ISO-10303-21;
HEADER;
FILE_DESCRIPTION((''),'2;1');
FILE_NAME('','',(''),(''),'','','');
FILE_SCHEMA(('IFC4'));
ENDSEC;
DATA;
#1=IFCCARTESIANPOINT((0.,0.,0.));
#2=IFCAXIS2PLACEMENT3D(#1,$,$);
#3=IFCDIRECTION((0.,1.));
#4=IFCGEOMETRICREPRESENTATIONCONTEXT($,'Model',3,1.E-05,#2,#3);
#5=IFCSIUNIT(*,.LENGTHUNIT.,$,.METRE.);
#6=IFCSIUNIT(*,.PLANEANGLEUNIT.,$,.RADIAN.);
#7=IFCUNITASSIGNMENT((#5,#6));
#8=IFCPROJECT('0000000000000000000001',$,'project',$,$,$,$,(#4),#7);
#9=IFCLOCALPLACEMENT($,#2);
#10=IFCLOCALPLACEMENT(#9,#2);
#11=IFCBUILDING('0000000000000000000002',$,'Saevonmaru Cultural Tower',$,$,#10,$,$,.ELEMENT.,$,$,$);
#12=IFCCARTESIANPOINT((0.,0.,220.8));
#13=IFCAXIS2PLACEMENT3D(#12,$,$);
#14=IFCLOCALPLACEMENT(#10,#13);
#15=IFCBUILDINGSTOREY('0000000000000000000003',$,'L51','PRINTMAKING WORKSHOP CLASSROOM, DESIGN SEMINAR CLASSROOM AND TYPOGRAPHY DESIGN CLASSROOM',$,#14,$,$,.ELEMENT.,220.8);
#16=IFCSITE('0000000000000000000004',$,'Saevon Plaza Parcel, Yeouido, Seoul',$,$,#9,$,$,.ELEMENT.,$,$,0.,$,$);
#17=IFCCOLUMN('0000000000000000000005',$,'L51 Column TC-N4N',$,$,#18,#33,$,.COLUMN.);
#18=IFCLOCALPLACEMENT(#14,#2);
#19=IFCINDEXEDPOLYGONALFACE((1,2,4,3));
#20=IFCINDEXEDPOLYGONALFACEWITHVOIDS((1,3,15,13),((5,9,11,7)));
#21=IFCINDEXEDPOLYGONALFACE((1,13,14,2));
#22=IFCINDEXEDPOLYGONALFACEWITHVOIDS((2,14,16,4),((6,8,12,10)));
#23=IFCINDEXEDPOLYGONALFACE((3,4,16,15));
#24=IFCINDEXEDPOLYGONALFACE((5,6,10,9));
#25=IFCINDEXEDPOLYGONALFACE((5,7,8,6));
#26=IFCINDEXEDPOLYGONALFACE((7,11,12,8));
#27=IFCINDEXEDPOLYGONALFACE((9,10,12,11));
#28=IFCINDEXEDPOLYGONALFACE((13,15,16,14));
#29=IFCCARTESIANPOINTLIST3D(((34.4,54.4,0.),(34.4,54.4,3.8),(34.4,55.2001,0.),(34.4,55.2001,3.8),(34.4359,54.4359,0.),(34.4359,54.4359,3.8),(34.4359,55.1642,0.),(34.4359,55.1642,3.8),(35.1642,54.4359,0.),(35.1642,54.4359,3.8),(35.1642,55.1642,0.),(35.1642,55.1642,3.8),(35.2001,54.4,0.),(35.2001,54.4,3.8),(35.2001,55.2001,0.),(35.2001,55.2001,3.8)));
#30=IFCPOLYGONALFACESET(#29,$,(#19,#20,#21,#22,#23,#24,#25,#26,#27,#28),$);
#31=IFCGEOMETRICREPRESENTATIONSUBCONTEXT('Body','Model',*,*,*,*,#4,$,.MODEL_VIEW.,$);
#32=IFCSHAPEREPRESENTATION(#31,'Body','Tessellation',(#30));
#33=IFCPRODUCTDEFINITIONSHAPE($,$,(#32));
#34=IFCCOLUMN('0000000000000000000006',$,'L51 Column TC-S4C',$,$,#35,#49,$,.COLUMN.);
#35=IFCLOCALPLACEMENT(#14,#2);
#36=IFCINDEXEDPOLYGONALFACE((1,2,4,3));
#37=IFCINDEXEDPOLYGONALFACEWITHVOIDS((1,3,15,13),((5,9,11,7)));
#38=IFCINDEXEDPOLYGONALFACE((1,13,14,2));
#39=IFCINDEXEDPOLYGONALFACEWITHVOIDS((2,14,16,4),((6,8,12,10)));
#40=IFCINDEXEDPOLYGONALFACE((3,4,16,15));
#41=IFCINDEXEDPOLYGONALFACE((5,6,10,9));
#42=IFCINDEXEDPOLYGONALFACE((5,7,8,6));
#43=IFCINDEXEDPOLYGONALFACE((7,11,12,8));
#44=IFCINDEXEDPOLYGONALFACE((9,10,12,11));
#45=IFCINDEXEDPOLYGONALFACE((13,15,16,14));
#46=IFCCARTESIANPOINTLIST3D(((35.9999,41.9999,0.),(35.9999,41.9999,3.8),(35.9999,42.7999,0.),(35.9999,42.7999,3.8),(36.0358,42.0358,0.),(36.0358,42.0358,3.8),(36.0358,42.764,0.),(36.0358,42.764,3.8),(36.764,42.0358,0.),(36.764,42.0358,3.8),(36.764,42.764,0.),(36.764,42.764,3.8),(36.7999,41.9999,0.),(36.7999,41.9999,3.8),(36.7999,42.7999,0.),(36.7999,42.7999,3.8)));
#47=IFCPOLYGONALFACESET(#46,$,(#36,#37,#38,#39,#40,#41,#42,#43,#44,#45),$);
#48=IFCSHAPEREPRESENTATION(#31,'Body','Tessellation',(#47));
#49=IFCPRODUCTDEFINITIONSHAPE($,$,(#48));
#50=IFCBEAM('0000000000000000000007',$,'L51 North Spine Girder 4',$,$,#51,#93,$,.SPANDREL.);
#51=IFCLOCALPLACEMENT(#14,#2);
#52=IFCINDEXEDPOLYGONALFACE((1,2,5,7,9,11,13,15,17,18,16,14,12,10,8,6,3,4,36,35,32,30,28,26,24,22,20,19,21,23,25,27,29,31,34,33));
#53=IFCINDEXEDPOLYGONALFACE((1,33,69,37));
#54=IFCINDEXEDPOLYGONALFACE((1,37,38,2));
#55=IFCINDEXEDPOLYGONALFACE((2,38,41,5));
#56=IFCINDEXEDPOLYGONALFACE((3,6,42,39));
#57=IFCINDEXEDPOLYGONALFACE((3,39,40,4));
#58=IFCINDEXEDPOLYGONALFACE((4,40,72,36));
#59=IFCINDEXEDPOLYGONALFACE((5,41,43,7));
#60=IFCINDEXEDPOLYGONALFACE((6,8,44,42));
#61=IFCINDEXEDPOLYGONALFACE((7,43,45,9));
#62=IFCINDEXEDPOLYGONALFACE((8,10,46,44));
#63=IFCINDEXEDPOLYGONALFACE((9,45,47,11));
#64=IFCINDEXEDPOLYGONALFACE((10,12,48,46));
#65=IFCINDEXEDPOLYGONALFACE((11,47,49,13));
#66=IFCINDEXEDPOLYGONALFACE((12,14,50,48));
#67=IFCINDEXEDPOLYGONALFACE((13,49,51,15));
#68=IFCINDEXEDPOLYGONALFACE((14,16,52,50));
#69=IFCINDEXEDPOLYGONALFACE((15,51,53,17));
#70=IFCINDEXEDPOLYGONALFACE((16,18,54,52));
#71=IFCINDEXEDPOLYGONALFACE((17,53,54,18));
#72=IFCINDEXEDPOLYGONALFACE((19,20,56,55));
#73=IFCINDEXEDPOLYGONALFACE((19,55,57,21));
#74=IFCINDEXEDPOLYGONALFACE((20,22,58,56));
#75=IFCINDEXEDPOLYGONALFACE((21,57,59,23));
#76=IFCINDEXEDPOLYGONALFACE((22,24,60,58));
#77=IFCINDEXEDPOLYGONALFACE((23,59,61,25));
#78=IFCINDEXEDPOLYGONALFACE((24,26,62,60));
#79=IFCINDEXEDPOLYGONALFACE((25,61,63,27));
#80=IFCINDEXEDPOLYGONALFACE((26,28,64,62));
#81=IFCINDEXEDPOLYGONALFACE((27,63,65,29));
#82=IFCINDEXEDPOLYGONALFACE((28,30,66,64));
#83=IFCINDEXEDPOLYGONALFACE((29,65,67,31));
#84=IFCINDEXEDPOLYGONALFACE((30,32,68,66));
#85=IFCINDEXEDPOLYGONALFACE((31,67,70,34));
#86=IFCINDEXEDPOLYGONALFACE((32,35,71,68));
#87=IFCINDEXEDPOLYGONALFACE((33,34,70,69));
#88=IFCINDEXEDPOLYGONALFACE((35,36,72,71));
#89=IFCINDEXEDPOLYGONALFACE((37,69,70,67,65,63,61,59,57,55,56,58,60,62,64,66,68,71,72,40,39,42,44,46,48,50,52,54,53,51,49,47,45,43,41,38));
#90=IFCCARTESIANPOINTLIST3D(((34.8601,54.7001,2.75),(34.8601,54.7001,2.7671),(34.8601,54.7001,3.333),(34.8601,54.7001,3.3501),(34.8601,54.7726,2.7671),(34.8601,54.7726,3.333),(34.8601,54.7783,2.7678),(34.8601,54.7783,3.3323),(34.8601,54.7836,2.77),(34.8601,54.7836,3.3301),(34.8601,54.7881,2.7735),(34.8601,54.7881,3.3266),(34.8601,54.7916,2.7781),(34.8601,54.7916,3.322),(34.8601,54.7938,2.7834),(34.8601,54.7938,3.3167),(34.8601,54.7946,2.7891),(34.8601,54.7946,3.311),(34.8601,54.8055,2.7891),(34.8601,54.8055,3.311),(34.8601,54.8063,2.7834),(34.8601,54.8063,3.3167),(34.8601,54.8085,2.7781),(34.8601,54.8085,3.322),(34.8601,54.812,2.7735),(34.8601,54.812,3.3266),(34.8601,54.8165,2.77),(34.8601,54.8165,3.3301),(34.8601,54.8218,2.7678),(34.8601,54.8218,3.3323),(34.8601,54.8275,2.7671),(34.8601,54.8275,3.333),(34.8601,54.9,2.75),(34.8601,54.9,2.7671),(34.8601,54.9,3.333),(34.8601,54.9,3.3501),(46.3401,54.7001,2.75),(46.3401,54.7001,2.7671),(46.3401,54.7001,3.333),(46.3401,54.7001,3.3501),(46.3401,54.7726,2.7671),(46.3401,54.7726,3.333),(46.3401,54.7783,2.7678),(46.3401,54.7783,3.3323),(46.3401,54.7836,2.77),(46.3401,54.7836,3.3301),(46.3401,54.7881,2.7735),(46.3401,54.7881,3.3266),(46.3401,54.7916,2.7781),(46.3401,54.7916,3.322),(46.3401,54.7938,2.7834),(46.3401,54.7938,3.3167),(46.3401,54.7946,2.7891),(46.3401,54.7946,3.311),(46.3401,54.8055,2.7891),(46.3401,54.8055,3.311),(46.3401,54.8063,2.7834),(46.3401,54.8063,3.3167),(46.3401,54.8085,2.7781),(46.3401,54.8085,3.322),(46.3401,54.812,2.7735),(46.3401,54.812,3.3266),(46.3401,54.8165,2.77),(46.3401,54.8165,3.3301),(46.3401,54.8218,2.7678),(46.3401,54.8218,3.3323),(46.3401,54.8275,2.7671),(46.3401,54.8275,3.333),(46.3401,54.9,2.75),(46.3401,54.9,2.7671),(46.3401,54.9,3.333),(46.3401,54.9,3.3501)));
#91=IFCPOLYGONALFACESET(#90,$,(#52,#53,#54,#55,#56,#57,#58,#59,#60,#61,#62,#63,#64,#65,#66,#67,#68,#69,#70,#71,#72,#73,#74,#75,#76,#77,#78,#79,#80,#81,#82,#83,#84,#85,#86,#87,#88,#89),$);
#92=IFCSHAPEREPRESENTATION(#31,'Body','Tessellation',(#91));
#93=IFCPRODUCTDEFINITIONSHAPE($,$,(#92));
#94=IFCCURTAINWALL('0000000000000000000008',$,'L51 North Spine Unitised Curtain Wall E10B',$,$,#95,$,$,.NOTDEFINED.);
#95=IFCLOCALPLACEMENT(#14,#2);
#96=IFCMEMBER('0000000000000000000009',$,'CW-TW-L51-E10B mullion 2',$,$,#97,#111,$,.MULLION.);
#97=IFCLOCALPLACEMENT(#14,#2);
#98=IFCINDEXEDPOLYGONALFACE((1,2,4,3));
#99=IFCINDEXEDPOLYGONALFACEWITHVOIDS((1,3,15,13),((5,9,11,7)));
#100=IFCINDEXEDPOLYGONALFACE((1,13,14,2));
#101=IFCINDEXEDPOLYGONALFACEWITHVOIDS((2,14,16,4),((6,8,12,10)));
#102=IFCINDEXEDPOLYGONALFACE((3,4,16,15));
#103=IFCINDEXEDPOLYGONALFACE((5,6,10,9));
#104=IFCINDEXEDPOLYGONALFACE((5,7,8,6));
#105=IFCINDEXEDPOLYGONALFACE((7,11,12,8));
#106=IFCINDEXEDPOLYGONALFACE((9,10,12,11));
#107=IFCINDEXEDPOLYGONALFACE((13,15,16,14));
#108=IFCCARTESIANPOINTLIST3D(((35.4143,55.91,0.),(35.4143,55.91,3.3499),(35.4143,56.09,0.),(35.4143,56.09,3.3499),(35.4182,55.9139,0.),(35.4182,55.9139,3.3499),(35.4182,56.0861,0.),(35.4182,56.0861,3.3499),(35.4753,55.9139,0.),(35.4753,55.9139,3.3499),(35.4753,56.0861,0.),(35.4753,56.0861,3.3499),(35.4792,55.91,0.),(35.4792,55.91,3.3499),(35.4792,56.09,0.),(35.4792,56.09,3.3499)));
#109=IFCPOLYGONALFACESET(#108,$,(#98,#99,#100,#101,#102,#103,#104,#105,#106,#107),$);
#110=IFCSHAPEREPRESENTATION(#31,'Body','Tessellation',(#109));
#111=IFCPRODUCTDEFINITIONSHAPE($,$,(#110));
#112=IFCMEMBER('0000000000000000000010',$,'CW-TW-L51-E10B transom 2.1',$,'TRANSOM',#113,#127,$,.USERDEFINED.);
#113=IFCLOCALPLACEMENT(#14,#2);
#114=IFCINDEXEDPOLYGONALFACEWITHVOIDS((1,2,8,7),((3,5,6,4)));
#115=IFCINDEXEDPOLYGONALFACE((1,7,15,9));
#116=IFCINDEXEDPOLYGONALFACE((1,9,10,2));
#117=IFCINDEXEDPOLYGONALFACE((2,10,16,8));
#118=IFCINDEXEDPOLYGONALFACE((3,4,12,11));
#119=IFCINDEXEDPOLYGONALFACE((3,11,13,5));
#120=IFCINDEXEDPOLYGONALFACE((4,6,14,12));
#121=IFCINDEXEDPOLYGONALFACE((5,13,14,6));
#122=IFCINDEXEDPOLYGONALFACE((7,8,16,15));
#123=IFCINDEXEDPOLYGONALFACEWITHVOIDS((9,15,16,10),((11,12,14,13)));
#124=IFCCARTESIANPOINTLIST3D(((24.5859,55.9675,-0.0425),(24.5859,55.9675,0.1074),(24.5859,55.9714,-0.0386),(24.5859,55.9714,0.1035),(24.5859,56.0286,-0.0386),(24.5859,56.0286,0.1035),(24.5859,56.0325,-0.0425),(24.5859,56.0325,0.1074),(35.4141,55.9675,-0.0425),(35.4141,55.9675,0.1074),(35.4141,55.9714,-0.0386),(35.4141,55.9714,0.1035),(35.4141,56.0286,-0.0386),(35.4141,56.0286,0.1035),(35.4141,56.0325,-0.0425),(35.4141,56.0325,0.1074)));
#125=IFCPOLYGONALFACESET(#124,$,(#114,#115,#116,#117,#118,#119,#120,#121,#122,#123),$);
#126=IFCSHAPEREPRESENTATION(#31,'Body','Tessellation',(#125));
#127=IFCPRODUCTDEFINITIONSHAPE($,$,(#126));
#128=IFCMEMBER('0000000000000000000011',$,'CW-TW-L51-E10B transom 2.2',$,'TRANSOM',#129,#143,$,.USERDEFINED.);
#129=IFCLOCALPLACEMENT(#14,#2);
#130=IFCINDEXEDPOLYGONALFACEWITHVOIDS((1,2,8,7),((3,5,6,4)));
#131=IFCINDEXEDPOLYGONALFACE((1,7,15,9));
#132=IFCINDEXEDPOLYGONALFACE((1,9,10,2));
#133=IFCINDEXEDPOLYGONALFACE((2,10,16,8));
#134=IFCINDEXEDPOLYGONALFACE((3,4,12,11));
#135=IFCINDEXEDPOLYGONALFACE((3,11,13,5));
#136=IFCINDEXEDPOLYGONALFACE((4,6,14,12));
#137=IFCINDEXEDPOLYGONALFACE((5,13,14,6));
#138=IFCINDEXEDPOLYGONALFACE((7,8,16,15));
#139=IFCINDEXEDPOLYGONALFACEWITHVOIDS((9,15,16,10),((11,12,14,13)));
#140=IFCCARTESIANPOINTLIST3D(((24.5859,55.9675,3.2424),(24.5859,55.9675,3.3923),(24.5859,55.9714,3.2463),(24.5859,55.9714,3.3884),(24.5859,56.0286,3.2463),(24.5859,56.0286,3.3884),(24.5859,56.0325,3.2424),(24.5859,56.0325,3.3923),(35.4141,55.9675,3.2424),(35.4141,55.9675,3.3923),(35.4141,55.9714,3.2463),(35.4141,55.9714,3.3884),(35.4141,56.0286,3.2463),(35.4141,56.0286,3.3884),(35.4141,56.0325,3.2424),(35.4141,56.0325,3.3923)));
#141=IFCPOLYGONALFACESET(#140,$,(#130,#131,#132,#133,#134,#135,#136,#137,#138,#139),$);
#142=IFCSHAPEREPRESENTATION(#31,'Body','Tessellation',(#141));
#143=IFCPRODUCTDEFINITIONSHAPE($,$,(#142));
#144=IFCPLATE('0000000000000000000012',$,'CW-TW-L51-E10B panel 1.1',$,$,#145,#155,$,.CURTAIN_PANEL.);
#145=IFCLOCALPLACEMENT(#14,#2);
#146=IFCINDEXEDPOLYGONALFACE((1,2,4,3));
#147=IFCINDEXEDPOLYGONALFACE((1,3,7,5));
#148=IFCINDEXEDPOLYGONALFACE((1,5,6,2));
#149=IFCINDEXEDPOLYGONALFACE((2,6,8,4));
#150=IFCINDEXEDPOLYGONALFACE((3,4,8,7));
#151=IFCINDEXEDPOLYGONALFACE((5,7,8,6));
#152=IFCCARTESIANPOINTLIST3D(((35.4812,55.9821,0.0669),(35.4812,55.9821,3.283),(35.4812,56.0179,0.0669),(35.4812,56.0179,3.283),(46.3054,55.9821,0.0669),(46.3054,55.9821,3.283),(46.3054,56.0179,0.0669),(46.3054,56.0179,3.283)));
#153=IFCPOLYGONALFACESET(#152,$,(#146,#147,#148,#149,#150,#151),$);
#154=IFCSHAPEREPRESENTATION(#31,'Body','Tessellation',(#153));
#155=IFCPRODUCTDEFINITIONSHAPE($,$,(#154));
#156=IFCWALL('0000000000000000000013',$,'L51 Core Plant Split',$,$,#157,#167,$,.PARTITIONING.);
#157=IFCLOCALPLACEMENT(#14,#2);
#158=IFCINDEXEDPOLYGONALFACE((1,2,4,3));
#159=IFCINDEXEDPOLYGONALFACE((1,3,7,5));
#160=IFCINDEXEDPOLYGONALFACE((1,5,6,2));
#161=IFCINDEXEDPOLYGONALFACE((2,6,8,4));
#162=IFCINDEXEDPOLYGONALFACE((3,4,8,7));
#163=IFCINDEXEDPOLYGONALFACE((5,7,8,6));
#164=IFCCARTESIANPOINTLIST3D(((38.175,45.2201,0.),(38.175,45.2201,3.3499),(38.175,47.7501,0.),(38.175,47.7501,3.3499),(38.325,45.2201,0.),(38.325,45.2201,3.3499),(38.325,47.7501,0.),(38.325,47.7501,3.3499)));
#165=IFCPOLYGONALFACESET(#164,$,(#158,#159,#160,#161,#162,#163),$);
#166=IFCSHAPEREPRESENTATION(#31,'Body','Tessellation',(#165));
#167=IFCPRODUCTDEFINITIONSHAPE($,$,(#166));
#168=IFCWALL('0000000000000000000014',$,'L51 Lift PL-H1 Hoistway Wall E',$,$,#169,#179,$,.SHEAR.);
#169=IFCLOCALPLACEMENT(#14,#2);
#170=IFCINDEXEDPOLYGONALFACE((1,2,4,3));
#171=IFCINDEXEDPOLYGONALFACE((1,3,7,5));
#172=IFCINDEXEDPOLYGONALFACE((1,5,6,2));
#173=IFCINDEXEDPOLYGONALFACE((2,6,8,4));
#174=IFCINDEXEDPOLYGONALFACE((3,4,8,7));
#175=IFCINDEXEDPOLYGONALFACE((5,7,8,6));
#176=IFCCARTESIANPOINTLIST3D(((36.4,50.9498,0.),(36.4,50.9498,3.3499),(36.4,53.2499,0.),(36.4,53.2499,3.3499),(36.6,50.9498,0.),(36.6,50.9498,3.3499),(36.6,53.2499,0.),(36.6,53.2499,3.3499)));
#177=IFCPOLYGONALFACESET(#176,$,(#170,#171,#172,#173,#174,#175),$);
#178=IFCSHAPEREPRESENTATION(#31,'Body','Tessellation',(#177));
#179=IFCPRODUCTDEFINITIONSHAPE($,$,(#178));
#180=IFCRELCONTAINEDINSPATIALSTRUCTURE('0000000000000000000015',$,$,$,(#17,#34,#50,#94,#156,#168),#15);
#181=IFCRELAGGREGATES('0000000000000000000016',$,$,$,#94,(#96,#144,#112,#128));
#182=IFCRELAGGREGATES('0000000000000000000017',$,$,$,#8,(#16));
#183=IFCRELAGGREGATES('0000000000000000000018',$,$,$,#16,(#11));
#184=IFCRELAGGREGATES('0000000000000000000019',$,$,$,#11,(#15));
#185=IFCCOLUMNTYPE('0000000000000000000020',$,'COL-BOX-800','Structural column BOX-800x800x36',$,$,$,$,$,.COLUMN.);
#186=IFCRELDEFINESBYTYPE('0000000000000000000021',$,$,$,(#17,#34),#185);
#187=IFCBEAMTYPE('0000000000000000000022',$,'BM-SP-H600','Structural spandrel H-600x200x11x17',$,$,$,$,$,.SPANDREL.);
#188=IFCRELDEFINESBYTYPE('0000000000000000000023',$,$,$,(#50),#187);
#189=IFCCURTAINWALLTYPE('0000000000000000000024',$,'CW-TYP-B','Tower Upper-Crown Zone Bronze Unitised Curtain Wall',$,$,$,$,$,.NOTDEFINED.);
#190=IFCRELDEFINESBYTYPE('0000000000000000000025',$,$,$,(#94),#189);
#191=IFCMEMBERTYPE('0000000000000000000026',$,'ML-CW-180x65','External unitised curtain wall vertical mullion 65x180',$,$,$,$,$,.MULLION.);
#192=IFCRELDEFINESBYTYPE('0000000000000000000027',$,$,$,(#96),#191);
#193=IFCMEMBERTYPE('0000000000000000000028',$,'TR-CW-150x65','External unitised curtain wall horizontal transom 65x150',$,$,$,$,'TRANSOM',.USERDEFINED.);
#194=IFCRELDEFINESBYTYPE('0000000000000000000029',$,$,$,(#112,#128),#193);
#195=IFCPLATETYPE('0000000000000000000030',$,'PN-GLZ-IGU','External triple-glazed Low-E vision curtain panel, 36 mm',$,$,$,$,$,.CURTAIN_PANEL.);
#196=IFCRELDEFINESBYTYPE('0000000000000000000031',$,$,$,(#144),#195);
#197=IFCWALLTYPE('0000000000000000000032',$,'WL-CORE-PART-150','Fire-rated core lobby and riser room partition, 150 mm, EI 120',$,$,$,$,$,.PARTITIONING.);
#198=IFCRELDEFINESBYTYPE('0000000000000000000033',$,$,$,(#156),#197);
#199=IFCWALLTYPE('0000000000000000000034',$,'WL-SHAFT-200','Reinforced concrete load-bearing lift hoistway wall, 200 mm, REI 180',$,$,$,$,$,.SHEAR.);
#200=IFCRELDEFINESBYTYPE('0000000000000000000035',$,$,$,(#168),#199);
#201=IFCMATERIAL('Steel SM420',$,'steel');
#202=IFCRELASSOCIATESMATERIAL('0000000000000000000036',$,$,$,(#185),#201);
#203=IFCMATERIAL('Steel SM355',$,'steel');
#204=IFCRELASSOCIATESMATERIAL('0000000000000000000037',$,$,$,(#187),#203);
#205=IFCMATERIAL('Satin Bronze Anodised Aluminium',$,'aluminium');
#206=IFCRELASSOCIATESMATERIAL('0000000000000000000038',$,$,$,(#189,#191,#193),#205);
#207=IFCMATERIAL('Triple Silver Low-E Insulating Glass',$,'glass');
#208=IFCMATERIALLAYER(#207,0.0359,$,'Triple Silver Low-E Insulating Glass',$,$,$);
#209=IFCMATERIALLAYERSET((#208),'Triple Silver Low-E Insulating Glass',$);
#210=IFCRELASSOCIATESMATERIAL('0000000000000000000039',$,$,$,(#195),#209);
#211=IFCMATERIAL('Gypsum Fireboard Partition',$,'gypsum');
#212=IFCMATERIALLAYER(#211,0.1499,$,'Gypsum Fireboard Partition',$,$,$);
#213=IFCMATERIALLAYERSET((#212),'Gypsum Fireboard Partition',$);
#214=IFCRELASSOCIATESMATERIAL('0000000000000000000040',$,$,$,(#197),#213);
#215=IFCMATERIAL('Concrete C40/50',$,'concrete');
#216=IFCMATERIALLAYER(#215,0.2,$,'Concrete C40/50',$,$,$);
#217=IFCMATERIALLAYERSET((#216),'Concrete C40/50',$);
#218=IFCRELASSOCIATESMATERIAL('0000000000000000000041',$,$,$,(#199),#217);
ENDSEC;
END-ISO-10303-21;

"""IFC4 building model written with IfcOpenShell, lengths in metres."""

from ifc_helpers import new_model, si_unit, direction, frame, frame_2d, origin, origin_2d, place, context, subcontext, project, spatial, rectangle, hollow_rectangle, i_section, extrude, material, layer, layer_set, material_profile, profile_set, type_object, element, aggregate, save


model = new_model("IFC4")

# Units and contexts
model_context = context("Model", 3, precision=1e-05, world=origin(), true_north=direction((0.0, 1.0)))
body_context = subcontext(model_context, "Body", "Model", "MODEL_VIEW")
ifc_project = project(units=[si_unit("LENGTHUNIT", "METRE"), si_unit("PLANEANGLEUNIT", "RADIAN")], contexts=[model_context])

# Site, building, storey
site_placement = place(None, origin())
site = spatial("IfcSite", under=ifc_project, at=site_placement, Name="Saevon Plaza Parcel, Yeouido, Seoul", CompositionType="ELEMENT", RefElevation=0.0)
building_placement = place(site_placement, origin())
building = spatial("IfcBuilding", under=site, at=building_placement, Name="Saevonmaru Cultural Tower", CompositionType="ELEMENT")
storey_placement = place(building_placement, frame((0.0, 0.0, 220.8)))
storey = spatial("IfcBuildingStorey", under=building, at=storey_placement, Name="L51", Description="PRINTMAKING WORKSHOP CLASSROOM, DESIGN SEMINAR CLASSROOM AND TYPOGRAPHY DESIGN CLASSROOM", CompositionType="ELEMENT", Elevation=220.8)

# Columns
ifc_material_1 = material(Name="Steel SM420", Category="steel")
ifc_material_profile_1 = material_profile(ifc_material_1, hollow_rectangle(XDim=0.8, YDim=0.8, WallThickness=0.0359, at=origin_2d()), Name="BOX-800x800x36")
ifc_profile_set_1 = profile_set([ifc_material_profile_1], Name="Steel SM420")
column_type = type_object("IfcColumnType", Name="COL-BOX-800", Description="Structural column BOX-800x800x36", PredefinedType="COLUMN", material=ifc_profile_set_1)
for number, where, z_axis, x_axis, name in (
    (1, (34.8, 54.8, 0.0), (0.0, 0.0, 1.0), (1.0, 0.0, 0.0), "L51 Column TC-N4N"),
    (2, (36.3999, 42.3999, 0.0), (0.0, 0.0, 1.0), (1.0, 0.0, 0.0), "L51 Column TC-S4C"),
):
    element("IfcColumn", number, at=place(storey_placement, frame(where, z_axis=z_axis, x_axis=x_axis)), inside=storey, type_object=column_type, Name=name, PredefinedType="COLUMN", context=body_context, shape_type="SweptSolid", body=[
        extrude(hollow_rectangle(XDim=0.8, YDim=0.8, WallThickness=0.0359, at=origin_2d()), origin(), (0.0, 0.0, 1.0), 3.8),
    ])

# Beam
ifc_material_2 = material(Name="Steel SM355", Category="steel")
ifc_material_profile_2 = material_profile(ifc_material_2, i_section(OverallWidth=0.2, OverallDepth=0.6001, WebThickness=0.011, FlangeThickness=0.0171, FilletRadius=0.022, at=origin_2d()), Name="H-600x200x11x17")
ifc_profile_set_2 = profile_set([ifc_material_profile_2], Name="Steel SM355")
beam_type = type_object("IfcBeamType", Name="BM-SP-H600", Description="Structural spandrel H-600x200x11x17", PredefinedType="SPANDREL", material=ifc_profile_set_2)
beam_placement = place(storey_placement, frame((34.8601, 54.8, 3.05), z_axis=(1.0, 0.0, 0.0), x_axis=(0.0, 1.0, 0.0)))
element("IfcBeam", 3, at=beam_placement, inside=storey, type_object=beam_type, Name="L51 North Spine Girder 4", PredefinedType="SPANDREL", context=body_context, shape_type="SweptSolid", body=[
    extrude(i_section(OverallWidth=0.2, OverallDepth=0.6001, WebThickness=0.011, FlangeThickness=0.0171, FilletRadius=0.022, at=origin_2d()), origin(), (0.0, 0.0, 1.0), 11.48),
])

# Curtain wall, members, plate
ifc_material_3 = material(Name="Satin Bronze Anodised Aluminium", Category="aluminium")
curtain_wall_type = type_object("IfcCurtainWallType", Name="CW-TYP-B", Description="Tower Upper-Crown Zone Bronze Unitised Curtain Wall", PredefinedType="NOTDEFINED", material=ifc_material_3)
curtain_wall_placement = place(storey_placement, origin())
curtain_wall = element("IfcCurtainWall", 4, at=curtain_wall_placement, inside=storey, type_object=curtain_wall_type, Name="L51 North Spine Unitised Curtain Wall E10B", PredefinedType="NOTDEFINED")
ifc_material_profile_3 = material_profile(ifc_material_3, hollow_rectangle(XDim=0.0649, YDim=0.1799, WallThickness=0.0039, at=origin_2d()), Name="ALU-MULL-180x65x4")
ifc_profile_set_3 = profile_set([ifc_material_profile_3], Name="Satin Bronze Anodised Aluminium")
member_type_1 = type_object("IfcMemberType", Name="ML-CW-180x65", Description="External unitised curtain wall vertical mullion 65x180", PredefinedType="MULLION", material=ifc_profile_set_3)
member_1_placement = place(storey_placement, frame((35.4468, 56.0, 0.0), z_axis=(0.0, 0.0, 1.0), x_axis=(-1.0, 0.0, 0.0)))
member_1 = element("IfcMember", 5, at=member_1_placement, type_object=member_type_1, Name="CW-TW-L51-E10B mullion 2", PredefinedType="MULLION", context=body_context, shape_type="SweptSolid", body=[
    extrude(hollow_rectangle(XDim=0.0649, YDim=0.1799, WallThickness=0.0039, at=origin_2d()), origin(), (0.0, 0.0, 1.0), 3.3499),
])
ifc_material_profile_4 = material_profile(ifc_material_3, hollow_rectangle(XDim=0.0649, YDim=0.1499, WallThickness=0.0039, at=origin_2d()), Name="ALU-TRAN-150x65x4")
ifc_profile_set_4 = profile_set([ifc_material_profile_4], Name="Satin Bronze Anodised Aluminium")
member_type_2 = type_object("IfcMemberType", Name="TR-CW-150x65", Description="External unitised curtain wall horizontal transom 65x150", ElementType="TRANSOM", PredefinedType="USERDEFINED", material=ifc_profile_set_4)
member_2_placement = place(storey_placement, frame((35.4141, 56.0, 0.0325), z_axis=(-1.0, 0.0, 0.0), x_axis=(0.0, -1.0, 0.0)))
member_2 = element("IfcMember", 6, at=member_2_placement, type_object=member_type_2, Name="CW-TW-L51-E10B transom 2.1", ObjectType="TRANSOM", PredefinedType="USERDEFINED", context=body_context, shape_type="SweptSolid", body=[
    extrude(hollow_rectangle(XDim=0.0649, YDim=0.1499, WallThickness=0.0039, at=origin_2d()), origin(), (0.0, 0.0, 1.0), 10.8281),
])
member_3_placement = place(storey_placement, frame((35.4141, 56.0, 3.3174), z_axis=(-1.0, 0.0, 0.0), x_axis=(0.0, -1.0, 0.0)))
member_3 = element("IfcMember", 7, at=member_3_placement, type_object=member_type_2, Name="CW-TW-L51-E10B transom 2.2", ObjectType="TRANSOM", PredefinedType="USERDEFINED", context=body_context, shape_type="SweptSolid", body=[
    extrude(hollow_rectangle(XDim=0.0649, YDim=0.1499, WallThickness=0.0039, at=origin_2d()), origin(), (0.0, 0.0, 1.0), 10.8281),
])
ifc_material_4 = material(Name="Triple Silver Low-E Insulating Glass", Category="glass")
ifc_layer_1 = layer(ifc_material_4, 0.0359, Name="Triple Silver Low-E Insulating Glass")
ifc_layer_set_1 = layer_set([ifc_layer_1], Name="Triple Silver Low-E Insulating Glass")
plate_type = type_object("IfcPlateType", Name="PN-GLZ-IGU", Description="External triple-glazed Low-E vision curtain panel, 36 mm", PredefinedType="CURTAIN_PANEL", material=ifc_layer_set_1)
plate_placement = place(storey_placement, frame((40.8933, 56.0, 0.0669), z_axis=(0.0, 0.0, 1.0), x_axis=(-1.0, 0.0, 0.0)))
plate = element("IfcPlate", 8, at=plate_placement, type_object=plate_type, Name="CW-TW-L51-E10B panel 1.1", PredefinedType="CURTAIN_PANEL", context=body_context, shape_type="SweptSolid", body=[
    extrude(rectangle(XDim=10.8242, YDim=0.0359, at=origin_2d()), origin(), (0.0, 0.0, 1.0), 3.2161),
])
aggregate(curtain_wall, [member_1, plate, member_2, member_3])

# Walls
ifc_material_5 = material(Name="Gypsum Fireboard Partition", Category="gypsum")
ifc_layer_2 = layer(ifc_material_5, 0.1499, Name="Gypsum Fireboard Partition")
ifc_layer_set_2 = layer_set([ifc_layer_2], Name="Gypsum Fireboard Partition")
wall_type_1 = type_object("IfcWallType", Name="WL-CORE-PART-150", Description="Fire-rated core lobby and riser room partition, 150 mm, EI 120", PredefinedType="PARTITIONING", material=ifc_layer_set_2)
wall_1_placement = place(storey_placement, frame((38.25, 45.22, 0.0), z_axis=(0.0, 0.0, 1.0), x_axis=(0.0, 1.0, 0.0)))
element("IfcWall", 9, at=wall_1_placement, inside=storey, type_object=wall_type_1, Name="L51 Core Plant Split", PredefinedType="PARTITIONING", context=body_context, shape_type="SweptSolid", body=[
    extrude(rectangle(XDim=2.53, YDim=0.1499, at=frame_2d((1.2651, 0.0))), origin(), (0.0, 0.0, 1.0), 3.3499),
])
ifc_material_6 = material(Name="Concrete C40/50", Category="concrete")
ifc_layer_3 = layer(ifc_material_6, 0.2, Name="Concrete C40/50")
ifc_layer_set_3 = layer_set([ifc_layer_3], Name="Concrete C40/50")
wall_type_2 = type_object("IfcWallType", Name="WL-SHAFT-200", Description="Reinforced concrete load-bearing lift hoistway wall, 200 mm, REI 180", PredefinedType="SHEAR", material=ifc_layer_set_3)
wall_2_placement = place(storey_placement, frame((36.5, 50.95, 0.0), z_axis=(0.0, 0.0, 1.0), x_axis=(0.0, 1.0, 0.0)))
element("IfcWall", 10, at=wall_2_placement, inside=storey, type_object=wall_type_2, Name="L51 Lift PL-H1 Hoistway Wall E", PredefinedType="SHEAR", context=body_context, shape_type="SweptSolid", body=[
    extrude(rectangle(XDim=2.3, YDim=0.2, at=frame_2d((1.1499, 0.0))), origin(), (0.0, 0.0, 1.0), 3.3499),
])

save(model, "model.ifc")
